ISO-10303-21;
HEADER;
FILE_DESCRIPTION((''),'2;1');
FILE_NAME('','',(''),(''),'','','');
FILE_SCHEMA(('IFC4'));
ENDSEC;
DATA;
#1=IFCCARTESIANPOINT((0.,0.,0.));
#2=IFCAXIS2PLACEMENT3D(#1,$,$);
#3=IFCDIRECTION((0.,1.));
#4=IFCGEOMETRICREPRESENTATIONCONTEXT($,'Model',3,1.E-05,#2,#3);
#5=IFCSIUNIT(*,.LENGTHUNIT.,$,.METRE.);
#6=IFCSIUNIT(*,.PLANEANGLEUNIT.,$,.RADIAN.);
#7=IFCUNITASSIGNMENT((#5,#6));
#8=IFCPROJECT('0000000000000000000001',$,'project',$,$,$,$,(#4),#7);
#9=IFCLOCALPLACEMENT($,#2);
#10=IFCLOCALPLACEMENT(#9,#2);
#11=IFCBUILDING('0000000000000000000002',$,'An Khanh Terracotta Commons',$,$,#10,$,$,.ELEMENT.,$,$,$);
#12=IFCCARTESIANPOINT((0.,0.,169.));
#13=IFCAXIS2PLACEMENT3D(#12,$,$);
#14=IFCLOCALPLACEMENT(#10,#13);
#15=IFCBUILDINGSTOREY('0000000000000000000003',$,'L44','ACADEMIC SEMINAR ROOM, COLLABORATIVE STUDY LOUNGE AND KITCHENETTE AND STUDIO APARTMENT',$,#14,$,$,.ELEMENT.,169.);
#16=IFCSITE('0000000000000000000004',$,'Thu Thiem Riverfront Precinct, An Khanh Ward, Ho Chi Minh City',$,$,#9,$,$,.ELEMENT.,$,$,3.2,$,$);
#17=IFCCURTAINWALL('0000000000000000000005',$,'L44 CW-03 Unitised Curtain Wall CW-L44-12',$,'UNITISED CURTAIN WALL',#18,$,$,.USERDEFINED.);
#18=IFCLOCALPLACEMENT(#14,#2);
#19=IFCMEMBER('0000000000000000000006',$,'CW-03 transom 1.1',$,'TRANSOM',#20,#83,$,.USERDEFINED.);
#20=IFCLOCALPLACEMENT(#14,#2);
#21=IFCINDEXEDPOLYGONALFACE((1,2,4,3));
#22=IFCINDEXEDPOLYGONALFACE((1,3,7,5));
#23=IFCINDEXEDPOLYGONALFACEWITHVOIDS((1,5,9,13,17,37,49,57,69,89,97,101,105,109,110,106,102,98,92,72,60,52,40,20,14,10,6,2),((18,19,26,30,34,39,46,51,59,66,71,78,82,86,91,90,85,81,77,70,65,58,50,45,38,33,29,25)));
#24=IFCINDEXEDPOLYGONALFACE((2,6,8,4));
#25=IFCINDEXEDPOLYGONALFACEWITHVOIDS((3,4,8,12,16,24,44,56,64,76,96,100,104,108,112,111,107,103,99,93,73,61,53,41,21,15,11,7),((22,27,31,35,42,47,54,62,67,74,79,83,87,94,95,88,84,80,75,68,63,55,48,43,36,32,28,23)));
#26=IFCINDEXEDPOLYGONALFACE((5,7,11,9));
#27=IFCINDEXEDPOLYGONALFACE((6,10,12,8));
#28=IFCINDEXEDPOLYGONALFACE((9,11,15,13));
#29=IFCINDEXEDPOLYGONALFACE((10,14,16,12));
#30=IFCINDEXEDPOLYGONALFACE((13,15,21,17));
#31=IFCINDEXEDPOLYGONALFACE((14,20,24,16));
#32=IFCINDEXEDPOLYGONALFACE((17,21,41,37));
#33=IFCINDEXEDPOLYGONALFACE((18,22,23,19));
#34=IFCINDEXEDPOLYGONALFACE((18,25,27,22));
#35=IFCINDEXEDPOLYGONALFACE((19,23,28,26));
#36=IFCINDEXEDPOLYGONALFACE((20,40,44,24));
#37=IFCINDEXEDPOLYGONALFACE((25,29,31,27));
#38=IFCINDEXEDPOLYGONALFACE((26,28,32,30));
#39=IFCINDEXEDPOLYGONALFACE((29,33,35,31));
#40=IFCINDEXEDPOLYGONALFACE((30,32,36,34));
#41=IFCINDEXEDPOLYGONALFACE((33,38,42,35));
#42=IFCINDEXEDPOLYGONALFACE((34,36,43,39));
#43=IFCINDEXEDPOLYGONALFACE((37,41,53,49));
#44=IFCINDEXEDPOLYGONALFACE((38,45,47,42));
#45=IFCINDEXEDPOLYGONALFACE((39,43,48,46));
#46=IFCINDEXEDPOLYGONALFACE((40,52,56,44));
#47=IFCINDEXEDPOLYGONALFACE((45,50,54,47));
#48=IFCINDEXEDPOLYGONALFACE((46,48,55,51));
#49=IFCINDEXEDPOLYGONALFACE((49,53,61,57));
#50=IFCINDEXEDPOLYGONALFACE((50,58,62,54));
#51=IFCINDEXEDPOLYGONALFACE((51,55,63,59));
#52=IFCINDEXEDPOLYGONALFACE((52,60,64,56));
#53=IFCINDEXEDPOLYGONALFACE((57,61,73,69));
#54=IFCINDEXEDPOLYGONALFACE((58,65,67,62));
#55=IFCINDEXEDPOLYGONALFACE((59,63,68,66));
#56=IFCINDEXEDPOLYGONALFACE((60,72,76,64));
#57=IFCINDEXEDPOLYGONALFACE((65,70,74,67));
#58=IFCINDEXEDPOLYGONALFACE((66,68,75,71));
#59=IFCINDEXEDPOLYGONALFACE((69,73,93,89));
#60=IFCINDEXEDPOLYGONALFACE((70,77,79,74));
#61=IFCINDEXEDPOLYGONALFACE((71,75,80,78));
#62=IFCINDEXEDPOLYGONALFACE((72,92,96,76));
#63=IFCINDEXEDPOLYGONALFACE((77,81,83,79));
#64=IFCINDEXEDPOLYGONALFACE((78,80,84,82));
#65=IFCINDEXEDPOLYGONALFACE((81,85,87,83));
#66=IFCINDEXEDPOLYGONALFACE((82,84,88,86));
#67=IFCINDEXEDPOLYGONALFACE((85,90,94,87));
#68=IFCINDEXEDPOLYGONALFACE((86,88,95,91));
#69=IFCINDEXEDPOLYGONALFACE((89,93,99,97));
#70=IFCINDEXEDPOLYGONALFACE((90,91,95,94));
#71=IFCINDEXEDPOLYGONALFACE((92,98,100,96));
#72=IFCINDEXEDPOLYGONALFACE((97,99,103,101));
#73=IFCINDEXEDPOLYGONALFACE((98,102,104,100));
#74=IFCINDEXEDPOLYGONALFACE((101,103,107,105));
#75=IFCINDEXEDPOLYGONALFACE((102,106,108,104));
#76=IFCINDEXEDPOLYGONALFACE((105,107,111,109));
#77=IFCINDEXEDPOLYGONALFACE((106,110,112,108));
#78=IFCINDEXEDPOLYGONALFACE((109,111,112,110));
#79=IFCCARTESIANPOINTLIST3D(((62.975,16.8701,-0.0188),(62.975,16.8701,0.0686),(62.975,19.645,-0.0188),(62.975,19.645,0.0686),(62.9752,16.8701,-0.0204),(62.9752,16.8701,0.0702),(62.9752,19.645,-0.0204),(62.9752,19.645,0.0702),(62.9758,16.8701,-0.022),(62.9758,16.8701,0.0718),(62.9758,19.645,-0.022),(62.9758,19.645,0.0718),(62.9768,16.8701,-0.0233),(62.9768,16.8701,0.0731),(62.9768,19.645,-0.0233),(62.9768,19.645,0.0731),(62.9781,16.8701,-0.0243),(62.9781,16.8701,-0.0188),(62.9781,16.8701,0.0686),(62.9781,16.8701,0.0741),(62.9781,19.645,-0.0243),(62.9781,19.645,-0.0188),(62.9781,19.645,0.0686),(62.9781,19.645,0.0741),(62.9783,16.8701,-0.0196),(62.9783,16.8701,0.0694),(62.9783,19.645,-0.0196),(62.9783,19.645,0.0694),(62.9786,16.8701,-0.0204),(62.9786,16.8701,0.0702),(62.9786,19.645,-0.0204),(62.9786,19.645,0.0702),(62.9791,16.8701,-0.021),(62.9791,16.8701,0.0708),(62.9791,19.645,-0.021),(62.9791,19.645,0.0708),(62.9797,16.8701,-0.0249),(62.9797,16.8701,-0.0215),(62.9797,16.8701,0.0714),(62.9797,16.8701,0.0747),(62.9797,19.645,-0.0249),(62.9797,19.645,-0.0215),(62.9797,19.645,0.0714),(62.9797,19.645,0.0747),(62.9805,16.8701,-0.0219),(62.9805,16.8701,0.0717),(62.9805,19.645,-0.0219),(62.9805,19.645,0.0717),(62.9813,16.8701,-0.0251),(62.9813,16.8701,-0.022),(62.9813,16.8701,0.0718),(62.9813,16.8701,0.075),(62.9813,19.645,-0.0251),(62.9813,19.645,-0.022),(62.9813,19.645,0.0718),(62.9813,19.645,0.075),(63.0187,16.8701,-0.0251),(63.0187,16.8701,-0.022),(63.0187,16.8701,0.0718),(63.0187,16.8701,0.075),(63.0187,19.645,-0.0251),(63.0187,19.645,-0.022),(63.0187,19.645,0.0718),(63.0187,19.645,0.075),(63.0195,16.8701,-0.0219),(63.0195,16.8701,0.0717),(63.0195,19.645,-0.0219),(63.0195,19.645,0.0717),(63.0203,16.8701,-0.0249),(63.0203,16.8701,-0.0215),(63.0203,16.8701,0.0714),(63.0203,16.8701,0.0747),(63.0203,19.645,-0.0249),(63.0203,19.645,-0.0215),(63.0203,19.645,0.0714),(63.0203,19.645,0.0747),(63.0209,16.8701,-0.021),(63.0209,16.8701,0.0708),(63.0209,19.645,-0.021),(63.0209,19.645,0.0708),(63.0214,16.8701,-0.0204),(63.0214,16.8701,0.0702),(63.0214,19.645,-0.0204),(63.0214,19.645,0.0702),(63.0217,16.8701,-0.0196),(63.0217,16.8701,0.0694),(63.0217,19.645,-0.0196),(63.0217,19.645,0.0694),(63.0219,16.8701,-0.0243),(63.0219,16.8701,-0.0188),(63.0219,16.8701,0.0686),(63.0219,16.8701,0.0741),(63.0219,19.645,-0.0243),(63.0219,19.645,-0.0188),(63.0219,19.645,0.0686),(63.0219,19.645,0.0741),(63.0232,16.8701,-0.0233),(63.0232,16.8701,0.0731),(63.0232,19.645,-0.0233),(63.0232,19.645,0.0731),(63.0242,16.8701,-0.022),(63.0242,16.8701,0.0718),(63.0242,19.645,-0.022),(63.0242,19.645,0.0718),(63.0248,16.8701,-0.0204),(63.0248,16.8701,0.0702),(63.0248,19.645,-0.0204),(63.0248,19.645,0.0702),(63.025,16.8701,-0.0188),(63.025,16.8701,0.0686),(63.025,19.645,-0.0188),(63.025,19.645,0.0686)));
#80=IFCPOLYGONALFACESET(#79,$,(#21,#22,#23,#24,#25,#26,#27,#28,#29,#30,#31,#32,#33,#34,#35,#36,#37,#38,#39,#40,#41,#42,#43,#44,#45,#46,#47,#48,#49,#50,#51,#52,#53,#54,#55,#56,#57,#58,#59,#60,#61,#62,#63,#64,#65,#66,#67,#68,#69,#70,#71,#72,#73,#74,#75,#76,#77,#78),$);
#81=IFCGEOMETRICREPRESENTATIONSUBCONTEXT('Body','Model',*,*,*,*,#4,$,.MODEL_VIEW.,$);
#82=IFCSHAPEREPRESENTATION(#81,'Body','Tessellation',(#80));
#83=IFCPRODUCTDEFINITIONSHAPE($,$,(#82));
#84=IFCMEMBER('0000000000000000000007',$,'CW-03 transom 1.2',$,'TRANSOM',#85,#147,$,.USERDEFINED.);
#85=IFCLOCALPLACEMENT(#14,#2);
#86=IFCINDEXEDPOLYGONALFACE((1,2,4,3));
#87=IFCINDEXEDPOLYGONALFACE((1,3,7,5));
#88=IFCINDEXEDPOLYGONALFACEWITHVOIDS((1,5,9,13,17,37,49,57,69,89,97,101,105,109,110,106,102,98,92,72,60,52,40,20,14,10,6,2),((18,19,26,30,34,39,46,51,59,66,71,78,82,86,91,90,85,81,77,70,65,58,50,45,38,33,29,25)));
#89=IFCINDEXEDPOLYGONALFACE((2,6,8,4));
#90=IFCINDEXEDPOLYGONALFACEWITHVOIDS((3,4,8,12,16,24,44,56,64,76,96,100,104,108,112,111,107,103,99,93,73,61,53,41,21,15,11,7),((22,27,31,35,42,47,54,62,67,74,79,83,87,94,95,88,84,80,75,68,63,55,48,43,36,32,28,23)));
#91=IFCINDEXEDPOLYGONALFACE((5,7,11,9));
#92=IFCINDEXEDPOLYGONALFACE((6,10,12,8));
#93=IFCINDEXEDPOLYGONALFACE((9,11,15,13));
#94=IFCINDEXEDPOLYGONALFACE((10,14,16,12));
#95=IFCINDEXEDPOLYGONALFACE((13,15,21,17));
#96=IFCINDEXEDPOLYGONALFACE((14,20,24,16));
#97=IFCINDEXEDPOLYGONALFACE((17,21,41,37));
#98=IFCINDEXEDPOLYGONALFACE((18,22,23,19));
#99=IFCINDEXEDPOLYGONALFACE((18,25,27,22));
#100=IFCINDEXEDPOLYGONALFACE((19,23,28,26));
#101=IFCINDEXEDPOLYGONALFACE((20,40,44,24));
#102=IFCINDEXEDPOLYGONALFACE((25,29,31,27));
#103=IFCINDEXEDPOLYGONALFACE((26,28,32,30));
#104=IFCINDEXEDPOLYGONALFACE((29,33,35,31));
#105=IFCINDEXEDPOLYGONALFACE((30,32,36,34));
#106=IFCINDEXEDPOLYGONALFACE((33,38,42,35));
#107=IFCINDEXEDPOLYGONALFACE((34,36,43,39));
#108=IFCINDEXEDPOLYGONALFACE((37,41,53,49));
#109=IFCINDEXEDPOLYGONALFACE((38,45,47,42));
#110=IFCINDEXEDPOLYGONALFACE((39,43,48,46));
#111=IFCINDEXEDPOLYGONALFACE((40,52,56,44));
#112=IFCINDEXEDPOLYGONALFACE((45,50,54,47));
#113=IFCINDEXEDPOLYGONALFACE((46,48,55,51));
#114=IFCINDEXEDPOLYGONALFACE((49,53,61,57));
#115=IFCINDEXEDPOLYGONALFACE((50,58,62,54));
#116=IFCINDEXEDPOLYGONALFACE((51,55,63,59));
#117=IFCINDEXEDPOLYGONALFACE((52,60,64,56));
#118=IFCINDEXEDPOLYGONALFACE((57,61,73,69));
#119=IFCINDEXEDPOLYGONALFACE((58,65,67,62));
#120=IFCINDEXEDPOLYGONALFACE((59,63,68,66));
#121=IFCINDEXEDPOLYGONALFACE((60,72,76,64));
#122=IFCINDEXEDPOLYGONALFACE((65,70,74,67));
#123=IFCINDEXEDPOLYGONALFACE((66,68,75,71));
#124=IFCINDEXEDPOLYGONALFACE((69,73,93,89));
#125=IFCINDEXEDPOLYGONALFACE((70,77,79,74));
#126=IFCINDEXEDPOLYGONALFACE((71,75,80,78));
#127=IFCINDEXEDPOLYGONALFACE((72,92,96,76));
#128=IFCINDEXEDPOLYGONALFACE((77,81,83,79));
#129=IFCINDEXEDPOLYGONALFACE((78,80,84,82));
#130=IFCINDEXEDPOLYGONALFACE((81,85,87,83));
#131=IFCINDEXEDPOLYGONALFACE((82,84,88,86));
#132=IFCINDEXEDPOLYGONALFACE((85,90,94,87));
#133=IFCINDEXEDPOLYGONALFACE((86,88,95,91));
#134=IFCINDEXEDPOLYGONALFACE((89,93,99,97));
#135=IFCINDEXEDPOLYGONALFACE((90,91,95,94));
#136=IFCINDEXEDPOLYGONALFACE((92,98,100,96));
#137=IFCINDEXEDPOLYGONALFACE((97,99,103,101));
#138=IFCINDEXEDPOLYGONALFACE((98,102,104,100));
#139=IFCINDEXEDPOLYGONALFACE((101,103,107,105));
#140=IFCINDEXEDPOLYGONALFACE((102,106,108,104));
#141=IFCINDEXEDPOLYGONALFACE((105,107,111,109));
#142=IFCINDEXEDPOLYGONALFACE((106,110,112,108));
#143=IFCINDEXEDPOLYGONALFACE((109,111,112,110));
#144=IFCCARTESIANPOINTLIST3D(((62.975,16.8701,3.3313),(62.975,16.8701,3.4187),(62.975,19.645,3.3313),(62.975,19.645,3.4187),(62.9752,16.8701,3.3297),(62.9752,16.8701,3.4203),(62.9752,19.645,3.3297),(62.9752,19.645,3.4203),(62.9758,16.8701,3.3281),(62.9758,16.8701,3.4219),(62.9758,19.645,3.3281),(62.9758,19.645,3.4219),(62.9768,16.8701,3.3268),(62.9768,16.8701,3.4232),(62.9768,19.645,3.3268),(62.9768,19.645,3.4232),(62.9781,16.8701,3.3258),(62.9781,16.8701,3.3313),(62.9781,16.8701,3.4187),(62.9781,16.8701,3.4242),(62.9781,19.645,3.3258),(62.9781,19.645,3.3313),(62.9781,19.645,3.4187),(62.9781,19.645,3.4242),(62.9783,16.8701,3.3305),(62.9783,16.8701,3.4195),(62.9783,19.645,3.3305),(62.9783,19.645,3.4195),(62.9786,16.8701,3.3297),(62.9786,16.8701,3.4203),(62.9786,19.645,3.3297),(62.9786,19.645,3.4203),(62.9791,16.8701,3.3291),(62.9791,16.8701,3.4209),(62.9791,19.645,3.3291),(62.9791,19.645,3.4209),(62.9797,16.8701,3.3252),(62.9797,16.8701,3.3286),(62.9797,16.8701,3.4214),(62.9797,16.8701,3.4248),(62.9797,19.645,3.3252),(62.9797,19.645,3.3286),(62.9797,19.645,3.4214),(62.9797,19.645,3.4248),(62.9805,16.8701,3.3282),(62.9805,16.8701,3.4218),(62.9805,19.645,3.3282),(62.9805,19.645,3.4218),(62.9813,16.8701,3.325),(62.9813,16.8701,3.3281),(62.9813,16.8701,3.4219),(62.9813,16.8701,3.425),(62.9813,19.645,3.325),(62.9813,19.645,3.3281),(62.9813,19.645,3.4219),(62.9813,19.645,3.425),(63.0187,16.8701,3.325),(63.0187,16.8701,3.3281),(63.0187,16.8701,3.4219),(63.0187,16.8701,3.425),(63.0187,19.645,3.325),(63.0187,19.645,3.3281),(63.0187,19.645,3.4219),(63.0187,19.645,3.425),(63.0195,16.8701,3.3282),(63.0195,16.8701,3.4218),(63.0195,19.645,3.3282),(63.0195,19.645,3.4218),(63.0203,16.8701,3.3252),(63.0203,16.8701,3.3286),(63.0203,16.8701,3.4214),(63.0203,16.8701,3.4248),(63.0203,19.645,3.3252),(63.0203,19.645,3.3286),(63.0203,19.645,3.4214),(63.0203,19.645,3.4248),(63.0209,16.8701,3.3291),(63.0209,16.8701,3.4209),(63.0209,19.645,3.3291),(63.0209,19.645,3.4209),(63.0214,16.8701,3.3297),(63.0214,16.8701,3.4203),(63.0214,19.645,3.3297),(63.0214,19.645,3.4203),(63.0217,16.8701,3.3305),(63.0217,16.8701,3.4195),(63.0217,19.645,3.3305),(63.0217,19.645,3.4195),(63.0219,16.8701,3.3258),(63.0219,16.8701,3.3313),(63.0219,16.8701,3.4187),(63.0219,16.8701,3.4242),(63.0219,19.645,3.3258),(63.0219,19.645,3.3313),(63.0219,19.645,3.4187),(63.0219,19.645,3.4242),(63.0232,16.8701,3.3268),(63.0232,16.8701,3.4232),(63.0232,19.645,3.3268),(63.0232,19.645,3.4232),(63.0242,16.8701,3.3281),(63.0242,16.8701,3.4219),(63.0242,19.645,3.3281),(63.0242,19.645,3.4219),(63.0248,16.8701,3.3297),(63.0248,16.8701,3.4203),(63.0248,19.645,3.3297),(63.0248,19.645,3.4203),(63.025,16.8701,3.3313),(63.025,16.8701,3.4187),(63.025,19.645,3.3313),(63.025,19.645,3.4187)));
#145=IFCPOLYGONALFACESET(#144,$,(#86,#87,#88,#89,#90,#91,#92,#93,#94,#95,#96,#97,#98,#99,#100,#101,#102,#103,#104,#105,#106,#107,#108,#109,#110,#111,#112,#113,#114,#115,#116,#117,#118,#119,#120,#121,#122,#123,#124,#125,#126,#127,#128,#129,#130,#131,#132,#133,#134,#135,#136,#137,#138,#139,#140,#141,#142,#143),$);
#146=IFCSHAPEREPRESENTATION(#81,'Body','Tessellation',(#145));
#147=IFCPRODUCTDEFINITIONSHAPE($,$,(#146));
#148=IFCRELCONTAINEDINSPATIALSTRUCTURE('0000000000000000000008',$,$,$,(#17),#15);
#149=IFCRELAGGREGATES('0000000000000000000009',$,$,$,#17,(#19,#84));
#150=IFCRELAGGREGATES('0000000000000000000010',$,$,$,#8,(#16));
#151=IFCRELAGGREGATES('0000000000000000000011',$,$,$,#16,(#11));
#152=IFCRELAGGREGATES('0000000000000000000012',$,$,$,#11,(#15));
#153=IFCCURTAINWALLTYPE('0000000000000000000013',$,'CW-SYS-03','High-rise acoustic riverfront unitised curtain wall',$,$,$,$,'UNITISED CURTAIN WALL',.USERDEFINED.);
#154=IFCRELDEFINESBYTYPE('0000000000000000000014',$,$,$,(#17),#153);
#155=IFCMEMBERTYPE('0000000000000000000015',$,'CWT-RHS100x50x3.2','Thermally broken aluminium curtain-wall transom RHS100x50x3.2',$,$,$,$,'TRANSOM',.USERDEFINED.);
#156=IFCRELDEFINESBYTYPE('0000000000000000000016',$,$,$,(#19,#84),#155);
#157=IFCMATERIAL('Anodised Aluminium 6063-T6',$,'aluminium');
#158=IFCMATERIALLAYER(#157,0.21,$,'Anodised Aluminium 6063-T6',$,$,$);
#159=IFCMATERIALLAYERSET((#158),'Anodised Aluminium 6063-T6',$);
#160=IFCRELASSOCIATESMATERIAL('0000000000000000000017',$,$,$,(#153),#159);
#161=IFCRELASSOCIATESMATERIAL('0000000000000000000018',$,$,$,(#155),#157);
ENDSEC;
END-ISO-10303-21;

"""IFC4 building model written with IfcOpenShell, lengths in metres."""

from ifc_helpers import new_model, si_unit, direction, frame, origin, origin_2d, place, context, subcontext, project, spatial, hollow_rectangle, extrude, material, layer, layer_set, material_profile, profile_set, type_object, element, aggregate, save


model = new_model("IFC4")

# Units and contexts
model_context = context("Model", 3, precision=1e-05, world=origin(), true_north=direction((0.0, 1.0)))
body_context = subcontext(model_context, "Body", "Model", "MODEL_VIEW")
ifc_project = project(units=[si_unit("LENGTHUNIT", "METRE"), si_unit("PLANEANGLEUNIT", "RADIAN")], contexts=[model_context])

# Site, building, storey
site_placement = place(None, origin())
site = spatial("IfcSite", under=ifc_project, at=site_placement, Name="Thu Thiem Riverfront Precinct, An Khanh Ward, Ho Chi Minh City", CompositionType="ELEMENT", RefElevation=3.2)
building_placement = place(site_placement, origin())
building = spatial("IfcBuilding", under=site, at=building_placement, Name="An Khanh Terracotta Commons", CompositionType="ELEMENT")
storey_placement = place(building_placement, frame((0.0, 0.0, 169.0)))
storey = spatial("IfcBuildingStorey", under=building, at=storey_placement, Name="L44", Description="ACADEMIC SEMINAR ROOM, COLLABORATIVE STUDY LOUNGE AND KITCHENETTE AND STUDIO APARTMENT", CompositionType="ELEMENT", Elevation=169.0)

# Curtain wall
ifc_material_1 = material(Name="Anodised Aluminium 6063-T6", Category="aluminium")
ifc_layer_1 = layer(ifc_material_1, 0.21, Name="Anodised Aluminium 6063-T6")
ifc_layer_set_1 = layer_set([ifc_layer_1], Name="Anodised Aluminium 6063-T6")
curtain_wall_type = type_object("IfcCurtainWallType", Name="CW-SYS-03", Description="High-rise acoustic riverfront unitised curtain wall", ElementType="UNITISED CURTAIN WALL", PredefinedType="USERDEFINED", material=ifc_layer_set_1)
curtain_wall_1_placement = place(storey_placement, origin())
curtain_wall_1 = element("IfcCurtainWall", 1, at=curtain_wall_1_placement, inside=storey, type_object=curtain_wall_type, Name="L44 CW-03 Unitised Curtain Wall CW-L44-12", ObjectType="UNITISED CURTAIN WALL", PredefinedType="USERDEFINED")

# Members
ifc_material_profile_1 = material_profile(ifc_material_1, hollow_rectangle(XDim=0.05, YDim=0.1001, WallThickness=0.0032, InnerFilletRadius=0.0032, OuterFilletRadius=0.0063, at=origin_2d()), Name="RHS100x50x3.2")
ifc_profile_set_1 = profile_set([ifc_material_profile_1], Name="Anodised Aluminium 6063-T6")
member_type_1 = type_object("IfcMemberType", Name="CWT-RHS100x50x3.2", Description="Thermally broken aluminium curtain-wall transom RHS100x50x3.2", ElementType="TRANSOM", PredefinedType="USERDEFINED", material=ifc_profile_set_1)
member_1_placement = place(storey_placement, frame((63.0, 16.8701, 0.0249), z_axis=(0.0, 1.0, 0.0), x_axis=(-1.0, 0.0, 0.0)))
member_1 = element("IfcMember", 2, at=member_1_placement, type_object=member_type_1, Name="CW-03 transom 1.1", ObjectType="TRANSOM", PredefinedType="USERDEFINED", context=body_context, shape_type="SweptSolid", body=[
    extrude(hollow_rectangle(XDim=0.05, YDim=0.1001, WallThickness=0.0032, InnerFilletRadius=0.0032, OuterFilletRadius=0.0063, at=origin_2d()), origin(), (0.0, 0.0, 1.0), 2.7749),
])
member_2_placement = place(storey_placement, frame((63.0, 16.8701, 3.375), z_axis=(0.0, 1.0, 0.0), x_axis=(-1.0, 0.0, 0.0)))
member_2 = element("IfcMember", 3, at=member_2_placement, type_object=member_type_1, Name="CW-03 transom 1.2", ObjectType="TRANSOM", PredefinedType="USERDEFINED", context=body_context, shape_type="SweptSolid", body=[
    extrude(hollow_rectangle(XDim=0.05, YDim=0.1001, WallThickness=0.0032, InnerFilletRadius=0.0032, OuterFilletRadius=0.0063, at=origin_2d()), origin(), (0.0, 0.0, 1.0), 2.7749),
])

aggregate(curtain_wall_1, [member_1, member_2])

save(model, "model.ifc")
